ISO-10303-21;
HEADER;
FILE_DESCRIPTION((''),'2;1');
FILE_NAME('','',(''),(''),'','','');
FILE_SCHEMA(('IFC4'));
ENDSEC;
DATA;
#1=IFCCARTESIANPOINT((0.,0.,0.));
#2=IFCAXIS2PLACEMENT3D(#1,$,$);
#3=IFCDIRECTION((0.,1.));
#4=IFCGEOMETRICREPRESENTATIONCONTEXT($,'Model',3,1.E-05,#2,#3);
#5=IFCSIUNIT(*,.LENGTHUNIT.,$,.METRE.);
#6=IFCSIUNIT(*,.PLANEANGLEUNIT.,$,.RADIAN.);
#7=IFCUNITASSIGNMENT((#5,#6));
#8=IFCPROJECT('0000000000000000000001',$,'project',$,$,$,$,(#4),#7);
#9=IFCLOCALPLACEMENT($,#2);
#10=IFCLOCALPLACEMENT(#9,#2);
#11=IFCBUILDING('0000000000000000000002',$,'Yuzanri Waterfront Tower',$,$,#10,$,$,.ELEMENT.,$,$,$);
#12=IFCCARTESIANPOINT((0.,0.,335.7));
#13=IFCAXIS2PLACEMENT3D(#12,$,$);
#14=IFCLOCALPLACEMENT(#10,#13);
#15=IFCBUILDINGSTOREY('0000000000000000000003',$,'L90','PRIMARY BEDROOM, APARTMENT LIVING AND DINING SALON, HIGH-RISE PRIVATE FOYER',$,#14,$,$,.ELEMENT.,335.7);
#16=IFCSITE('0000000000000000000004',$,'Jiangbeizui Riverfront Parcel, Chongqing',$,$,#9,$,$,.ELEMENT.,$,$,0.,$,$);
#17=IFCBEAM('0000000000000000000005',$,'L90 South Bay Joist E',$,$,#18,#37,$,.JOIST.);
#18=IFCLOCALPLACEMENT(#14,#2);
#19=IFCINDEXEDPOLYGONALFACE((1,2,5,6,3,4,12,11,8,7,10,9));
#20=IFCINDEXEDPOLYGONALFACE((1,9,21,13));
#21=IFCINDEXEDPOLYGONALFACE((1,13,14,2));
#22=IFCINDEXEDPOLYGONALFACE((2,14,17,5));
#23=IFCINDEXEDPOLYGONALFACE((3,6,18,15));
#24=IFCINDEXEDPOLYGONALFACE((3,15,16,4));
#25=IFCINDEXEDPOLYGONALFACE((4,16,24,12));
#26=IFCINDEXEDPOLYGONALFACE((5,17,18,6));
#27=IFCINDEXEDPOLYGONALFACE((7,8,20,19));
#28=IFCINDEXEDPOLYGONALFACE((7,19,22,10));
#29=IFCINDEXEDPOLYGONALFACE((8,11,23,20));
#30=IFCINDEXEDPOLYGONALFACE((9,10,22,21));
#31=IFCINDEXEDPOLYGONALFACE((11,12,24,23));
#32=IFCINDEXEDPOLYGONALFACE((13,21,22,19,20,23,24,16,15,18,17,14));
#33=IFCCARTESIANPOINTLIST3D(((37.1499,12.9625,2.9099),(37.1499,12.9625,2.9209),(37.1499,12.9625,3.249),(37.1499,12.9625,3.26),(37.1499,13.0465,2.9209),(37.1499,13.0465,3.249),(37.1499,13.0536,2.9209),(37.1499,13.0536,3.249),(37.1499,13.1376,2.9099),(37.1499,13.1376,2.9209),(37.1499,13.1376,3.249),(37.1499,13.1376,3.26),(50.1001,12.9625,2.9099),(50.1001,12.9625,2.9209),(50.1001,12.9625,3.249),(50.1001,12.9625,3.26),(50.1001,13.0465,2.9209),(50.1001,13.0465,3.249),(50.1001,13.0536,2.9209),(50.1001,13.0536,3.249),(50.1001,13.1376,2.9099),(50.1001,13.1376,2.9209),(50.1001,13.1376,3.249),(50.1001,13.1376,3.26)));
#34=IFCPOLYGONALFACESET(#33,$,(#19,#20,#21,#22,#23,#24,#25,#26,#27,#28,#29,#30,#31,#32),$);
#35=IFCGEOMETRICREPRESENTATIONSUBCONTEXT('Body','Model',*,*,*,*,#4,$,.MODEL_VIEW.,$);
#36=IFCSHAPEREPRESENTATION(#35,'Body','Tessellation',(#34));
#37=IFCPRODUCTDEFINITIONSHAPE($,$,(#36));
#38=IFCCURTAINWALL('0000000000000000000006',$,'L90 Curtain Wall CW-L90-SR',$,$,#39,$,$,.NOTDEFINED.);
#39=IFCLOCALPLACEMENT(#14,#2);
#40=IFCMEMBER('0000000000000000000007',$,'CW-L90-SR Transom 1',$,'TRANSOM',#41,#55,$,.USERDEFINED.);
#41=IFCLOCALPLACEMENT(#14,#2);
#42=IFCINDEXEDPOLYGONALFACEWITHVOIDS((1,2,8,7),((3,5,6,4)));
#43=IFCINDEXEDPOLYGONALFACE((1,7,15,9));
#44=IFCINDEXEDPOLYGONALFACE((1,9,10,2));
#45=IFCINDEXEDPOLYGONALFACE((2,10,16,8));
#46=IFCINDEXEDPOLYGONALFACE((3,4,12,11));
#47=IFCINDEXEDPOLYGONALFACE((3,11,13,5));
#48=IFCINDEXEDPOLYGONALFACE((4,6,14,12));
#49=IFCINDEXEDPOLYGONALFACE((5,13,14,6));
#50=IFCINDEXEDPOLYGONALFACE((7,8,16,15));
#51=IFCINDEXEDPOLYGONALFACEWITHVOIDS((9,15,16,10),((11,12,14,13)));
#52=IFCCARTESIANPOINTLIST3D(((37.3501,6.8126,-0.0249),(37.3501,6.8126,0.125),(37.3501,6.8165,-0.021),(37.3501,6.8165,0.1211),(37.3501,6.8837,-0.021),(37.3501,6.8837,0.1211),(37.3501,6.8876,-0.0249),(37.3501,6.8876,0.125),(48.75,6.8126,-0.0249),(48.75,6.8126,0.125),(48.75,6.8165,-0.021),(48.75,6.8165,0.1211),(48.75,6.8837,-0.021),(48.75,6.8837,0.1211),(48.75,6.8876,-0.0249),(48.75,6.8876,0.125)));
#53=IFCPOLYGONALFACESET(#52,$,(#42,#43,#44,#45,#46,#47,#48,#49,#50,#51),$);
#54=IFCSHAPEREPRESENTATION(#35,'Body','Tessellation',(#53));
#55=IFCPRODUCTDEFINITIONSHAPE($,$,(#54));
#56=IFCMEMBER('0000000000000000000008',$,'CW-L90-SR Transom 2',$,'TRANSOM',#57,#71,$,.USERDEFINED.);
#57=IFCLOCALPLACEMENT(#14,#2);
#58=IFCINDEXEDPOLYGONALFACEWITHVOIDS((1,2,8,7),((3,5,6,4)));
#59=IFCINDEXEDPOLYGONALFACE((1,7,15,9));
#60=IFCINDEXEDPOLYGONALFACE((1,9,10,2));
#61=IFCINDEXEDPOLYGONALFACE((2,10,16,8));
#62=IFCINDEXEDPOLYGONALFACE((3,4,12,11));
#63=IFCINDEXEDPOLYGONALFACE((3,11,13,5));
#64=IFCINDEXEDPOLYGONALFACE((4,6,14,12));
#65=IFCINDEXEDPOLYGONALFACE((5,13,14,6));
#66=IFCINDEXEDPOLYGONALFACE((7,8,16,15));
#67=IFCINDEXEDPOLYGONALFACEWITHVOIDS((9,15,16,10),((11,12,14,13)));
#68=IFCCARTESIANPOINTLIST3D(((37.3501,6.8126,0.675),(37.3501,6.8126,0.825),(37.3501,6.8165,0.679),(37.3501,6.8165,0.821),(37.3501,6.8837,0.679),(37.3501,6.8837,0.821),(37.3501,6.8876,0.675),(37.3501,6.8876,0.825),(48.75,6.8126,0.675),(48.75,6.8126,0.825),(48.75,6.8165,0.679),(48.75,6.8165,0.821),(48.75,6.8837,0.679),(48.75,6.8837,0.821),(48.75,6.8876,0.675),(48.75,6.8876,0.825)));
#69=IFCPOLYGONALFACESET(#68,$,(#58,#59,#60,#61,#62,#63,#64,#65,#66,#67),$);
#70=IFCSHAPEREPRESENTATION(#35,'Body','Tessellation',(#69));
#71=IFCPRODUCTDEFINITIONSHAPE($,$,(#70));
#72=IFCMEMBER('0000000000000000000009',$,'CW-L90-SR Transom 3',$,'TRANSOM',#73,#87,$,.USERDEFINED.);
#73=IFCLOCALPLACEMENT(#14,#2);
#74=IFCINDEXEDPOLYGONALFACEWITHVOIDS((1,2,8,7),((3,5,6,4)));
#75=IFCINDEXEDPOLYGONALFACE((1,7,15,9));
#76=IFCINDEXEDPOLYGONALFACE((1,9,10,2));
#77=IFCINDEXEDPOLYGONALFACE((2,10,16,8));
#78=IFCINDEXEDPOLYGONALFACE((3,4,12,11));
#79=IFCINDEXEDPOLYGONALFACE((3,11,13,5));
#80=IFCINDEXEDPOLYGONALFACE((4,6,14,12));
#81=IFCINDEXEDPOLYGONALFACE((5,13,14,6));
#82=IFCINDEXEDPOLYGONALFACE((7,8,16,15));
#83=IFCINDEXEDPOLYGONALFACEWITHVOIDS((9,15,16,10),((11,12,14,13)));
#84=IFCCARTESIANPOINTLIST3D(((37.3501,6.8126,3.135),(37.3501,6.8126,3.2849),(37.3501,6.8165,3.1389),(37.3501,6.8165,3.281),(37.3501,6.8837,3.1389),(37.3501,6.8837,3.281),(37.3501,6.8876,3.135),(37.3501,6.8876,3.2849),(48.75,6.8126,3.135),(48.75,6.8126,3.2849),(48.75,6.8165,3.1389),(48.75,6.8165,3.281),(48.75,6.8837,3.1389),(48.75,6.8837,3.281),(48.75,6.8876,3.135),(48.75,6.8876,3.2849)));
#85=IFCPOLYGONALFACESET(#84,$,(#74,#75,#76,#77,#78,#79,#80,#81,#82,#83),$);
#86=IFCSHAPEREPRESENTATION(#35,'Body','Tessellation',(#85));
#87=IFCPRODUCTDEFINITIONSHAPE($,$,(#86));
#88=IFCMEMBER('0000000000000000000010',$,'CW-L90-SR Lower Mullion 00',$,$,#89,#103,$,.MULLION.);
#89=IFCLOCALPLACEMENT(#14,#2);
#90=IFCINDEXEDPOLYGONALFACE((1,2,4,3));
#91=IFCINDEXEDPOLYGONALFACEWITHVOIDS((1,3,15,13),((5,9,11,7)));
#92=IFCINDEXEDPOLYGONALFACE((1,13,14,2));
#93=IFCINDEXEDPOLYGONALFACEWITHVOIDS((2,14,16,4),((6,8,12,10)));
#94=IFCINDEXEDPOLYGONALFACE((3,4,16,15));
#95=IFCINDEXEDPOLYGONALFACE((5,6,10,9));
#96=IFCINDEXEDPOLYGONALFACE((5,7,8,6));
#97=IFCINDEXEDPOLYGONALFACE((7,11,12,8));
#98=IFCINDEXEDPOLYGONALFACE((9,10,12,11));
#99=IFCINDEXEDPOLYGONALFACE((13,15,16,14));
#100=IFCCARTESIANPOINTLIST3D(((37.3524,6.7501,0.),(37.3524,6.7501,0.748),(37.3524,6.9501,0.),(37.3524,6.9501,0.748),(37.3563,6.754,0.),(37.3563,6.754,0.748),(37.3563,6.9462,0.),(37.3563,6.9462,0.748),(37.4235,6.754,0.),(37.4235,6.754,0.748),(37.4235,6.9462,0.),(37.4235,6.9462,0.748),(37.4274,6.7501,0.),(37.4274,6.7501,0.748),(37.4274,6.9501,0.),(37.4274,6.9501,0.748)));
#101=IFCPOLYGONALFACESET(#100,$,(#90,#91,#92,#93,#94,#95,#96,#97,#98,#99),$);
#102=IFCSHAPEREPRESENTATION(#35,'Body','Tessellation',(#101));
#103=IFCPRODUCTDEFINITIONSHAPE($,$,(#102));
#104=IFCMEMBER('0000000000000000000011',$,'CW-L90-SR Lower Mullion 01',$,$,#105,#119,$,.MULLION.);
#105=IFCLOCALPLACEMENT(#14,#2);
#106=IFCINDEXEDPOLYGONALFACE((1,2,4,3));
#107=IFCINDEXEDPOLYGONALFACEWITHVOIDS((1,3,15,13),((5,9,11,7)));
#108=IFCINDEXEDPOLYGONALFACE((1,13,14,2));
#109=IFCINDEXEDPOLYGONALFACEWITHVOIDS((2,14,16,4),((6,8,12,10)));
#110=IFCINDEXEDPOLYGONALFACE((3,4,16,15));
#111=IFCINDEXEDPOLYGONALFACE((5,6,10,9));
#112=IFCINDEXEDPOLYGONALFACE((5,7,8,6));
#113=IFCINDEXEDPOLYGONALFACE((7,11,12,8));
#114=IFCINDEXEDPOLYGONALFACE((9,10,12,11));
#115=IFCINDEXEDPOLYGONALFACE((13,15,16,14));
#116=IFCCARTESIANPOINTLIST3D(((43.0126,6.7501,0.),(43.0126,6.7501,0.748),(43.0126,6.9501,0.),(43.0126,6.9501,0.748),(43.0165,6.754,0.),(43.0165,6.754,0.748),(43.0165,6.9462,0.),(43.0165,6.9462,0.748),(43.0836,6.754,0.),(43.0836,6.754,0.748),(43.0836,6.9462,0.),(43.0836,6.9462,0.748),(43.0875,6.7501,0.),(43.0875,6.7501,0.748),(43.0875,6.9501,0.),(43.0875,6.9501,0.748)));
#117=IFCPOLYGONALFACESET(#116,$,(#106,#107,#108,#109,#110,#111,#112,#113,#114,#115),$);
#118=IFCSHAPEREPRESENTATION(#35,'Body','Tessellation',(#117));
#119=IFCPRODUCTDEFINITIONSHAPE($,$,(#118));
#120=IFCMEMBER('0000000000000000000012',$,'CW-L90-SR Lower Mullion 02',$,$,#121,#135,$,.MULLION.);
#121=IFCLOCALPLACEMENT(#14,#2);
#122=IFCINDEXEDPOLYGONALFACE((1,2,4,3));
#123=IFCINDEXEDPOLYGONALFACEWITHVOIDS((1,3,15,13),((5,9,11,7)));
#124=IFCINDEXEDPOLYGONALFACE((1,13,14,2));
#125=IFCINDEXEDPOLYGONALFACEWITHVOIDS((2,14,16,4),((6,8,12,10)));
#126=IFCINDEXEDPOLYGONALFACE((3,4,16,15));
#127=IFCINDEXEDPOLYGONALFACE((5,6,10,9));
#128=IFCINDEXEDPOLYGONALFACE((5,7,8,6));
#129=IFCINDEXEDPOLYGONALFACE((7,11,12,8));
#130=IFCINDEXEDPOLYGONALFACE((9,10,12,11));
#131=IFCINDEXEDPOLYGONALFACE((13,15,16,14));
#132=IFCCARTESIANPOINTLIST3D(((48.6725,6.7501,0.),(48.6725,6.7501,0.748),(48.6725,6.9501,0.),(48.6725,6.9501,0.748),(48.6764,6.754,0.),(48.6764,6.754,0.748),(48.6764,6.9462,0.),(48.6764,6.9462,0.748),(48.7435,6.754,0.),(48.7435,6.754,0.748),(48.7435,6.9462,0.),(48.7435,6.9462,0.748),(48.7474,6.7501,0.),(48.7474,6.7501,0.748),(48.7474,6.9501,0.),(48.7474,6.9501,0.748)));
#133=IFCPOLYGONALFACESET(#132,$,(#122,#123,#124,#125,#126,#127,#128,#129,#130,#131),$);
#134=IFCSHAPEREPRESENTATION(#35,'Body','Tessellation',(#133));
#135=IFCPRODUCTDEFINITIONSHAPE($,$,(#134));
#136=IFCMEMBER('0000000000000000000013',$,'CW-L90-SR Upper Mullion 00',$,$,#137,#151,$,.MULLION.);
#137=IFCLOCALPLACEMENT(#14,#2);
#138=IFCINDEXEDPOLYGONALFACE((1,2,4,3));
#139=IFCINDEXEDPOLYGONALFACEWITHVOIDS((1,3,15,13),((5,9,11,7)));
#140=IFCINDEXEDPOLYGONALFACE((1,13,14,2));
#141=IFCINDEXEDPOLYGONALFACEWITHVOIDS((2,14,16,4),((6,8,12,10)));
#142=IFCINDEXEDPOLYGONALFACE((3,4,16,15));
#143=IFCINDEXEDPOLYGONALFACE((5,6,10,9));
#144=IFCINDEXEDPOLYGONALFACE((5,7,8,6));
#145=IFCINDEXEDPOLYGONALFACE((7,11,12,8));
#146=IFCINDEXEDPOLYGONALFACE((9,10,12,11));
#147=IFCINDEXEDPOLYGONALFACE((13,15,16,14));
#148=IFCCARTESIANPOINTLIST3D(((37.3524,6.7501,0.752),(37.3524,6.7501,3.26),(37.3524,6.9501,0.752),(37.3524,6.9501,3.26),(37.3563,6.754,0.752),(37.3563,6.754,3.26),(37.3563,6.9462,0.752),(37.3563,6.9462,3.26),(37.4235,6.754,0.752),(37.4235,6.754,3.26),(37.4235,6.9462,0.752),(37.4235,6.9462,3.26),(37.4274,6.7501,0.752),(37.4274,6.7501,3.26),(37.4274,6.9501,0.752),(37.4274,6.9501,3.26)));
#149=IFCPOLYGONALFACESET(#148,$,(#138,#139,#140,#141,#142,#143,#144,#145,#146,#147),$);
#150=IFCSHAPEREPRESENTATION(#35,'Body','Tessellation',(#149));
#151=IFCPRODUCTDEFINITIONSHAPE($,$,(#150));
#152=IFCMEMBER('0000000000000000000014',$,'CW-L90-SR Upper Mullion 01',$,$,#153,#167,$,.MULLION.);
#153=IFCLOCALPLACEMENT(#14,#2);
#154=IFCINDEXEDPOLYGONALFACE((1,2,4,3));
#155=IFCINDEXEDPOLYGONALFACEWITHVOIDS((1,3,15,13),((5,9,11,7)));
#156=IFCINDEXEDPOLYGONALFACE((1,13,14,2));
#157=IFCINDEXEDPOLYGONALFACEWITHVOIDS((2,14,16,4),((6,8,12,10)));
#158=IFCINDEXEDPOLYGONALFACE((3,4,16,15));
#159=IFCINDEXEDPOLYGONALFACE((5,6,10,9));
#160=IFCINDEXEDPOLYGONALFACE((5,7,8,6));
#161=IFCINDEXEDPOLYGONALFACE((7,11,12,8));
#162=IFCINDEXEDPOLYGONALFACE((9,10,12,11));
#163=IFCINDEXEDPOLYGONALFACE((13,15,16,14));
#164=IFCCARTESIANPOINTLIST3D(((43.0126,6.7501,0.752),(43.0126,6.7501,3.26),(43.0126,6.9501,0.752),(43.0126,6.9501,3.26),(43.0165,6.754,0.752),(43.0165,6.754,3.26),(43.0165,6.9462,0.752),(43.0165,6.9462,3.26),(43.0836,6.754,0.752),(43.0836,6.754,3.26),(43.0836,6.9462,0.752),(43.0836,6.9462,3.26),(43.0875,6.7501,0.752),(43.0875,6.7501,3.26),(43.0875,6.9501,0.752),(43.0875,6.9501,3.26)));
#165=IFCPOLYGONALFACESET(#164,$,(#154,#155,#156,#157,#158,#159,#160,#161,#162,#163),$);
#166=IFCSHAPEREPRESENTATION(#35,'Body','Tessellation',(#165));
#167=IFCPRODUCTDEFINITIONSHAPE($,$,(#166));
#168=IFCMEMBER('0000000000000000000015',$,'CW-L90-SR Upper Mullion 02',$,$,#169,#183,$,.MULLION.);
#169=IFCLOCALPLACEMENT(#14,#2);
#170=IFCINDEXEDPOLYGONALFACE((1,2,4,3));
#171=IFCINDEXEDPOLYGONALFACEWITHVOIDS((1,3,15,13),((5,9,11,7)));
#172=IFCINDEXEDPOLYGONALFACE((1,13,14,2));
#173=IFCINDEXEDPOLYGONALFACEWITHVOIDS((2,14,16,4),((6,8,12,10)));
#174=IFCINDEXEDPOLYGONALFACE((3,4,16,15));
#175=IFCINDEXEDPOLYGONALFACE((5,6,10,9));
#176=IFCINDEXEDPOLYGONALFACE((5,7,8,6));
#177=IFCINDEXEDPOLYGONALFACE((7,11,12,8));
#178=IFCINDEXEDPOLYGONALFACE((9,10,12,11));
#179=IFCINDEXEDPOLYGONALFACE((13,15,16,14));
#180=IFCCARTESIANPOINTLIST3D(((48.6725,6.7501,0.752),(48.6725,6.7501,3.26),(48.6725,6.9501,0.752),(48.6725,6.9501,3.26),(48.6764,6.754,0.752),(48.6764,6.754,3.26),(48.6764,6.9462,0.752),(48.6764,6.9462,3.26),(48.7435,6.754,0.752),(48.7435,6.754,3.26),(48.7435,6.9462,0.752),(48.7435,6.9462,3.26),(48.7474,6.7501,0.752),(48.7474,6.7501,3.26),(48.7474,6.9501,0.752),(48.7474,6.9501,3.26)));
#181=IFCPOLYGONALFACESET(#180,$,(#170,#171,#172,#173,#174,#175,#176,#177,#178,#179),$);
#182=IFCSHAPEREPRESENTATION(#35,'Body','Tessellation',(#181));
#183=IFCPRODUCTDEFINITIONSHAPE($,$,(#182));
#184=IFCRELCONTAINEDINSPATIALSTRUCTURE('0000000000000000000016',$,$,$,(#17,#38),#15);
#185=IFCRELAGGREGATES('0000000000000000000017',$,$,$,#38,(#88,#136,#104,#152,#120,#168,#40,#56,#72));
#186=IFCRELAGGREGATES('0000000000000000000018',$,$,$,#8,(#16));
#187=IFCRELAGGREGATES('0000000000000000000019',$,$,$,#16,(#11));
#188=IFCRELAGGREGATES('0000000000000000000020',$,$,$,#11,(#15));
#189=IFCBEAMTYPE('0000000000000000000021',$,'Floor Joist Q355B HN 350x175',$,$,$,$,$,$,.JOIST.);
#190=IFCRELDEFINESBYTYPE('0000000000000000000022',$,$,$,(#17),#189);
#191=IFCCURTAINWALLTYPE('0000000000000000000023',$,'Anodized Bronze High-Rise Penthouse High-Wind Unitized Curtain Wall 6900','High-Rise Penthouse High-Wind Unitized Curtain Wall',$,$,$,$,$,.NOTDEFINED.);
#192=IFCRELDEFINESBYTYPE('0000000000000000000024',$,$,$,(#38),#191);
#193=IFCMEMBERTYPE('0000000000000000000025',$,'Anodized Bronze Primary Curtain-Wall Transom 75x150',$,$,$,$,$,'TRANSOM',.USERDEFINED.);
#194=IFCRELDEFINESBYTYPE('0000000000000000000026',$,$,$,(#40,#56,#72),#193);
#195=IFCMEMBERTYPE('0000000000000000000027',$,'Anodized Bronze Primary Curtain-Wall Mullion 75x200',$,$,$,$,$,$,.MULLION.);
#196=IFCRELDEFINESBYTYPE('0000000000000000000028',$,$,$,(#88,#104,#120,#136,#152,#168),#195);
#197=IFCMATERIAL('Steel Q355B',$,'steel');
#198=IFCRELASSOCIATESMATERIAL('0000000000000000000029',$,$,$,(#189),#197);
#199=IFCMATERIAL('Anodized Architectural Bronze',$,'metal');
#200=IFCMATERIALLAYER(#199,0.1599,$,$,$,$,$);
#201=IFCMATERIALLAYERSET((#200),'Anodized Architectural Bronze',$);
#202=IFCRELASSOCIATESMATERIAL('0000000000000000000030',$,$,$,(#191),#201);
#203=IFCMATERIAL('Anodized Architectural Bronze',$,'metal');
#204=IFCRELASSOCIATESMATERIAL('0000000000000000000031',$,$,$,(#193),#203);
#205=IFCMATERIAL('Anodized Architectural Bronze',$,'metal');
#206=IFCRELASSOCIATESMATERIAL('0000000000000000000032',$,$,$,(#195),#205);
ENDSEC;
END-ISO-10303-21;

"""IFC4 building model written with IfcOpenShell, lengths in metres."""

from ifc_helpers import new_model, si_unit, direction, frame, origin, origin_2d, place, context, subcontext, project, spatial, hollow_rectangle, i_section, extrude, source, transform, mapped, material, layer, layer_set, material_profile, profile_set, type_object, element, aggregate, save


model = new_model("IFC4")

# Units and contexts
model_context = context("Model", 3, precision=1e-05, world=origin(), true_north=direction((0.0, 1.0)))
body_context = subcontext(model_context, "Body", "Model", "MODEL_VIEW")
ifc_project = project(units=[si_unit("LENGTHUNIT", "METRE"), si_unit("PLANEANGLEUNIT", "RADIAN")], contexts=[model_context])

# Site, building, storey
site_placement = place(None, origin())
site = spatial("IfcSite", under=ifc_project, at=site_placement, Name="Jiangbeizui Riverfront Parcel, Chongqing", CompositionType="ELEMENT", RefElevation=0.0)
building_placement = place(site_placement, origin())
building = spatial("IfcBuilding", under=site, at=building_placement, Name="Yuzanri Waterfront Tower", CompositionType="ELEMENT")
storey_placement = place(building_placement, frame((0.0, 0.0, 335.7)))
storey = spatial("IfcBuildingStorey", under=building, at=storey_placement, Name="L90", Description="PRIMARY BEDROOM, APARTMENT LIVING AND DINING SALON, HIGH-RISE PRIVATE FOYER", CompositionType="ELEMENT", Elevation=335.7)

# Beam
ifc_material_1 = material(Name="Steel Q355B", Category="steel")
ifc_material_profile_1 = material_profile(ifc_material_1, i_section(OverallWidth=0.175, OverallDepth=0.3501, WebThickness=0.0071, FlangeThickness=0.011, at=origin_2d()), Name="HN 350x175x7x11")
ifc_profile_set_1 = profile_set([ifc_material_profile_1], Name="Steel Q355B")
beam_type = type_object("IfcBeamType", Name="Floor Joist Q355B HN 350x175", PredefinedType="JOIST", material=ifc_profile_set_1)
shared_shape_1 = source(origin(), body_context, "Body", "SweptSolid", [
    extrude(i_section(OverallWidth=0.175, OverallDepth=0.3501, WebThickness=0.0071, FlangeThickness=0.011, at=origin_2d()), origin(), (0.0, 0.0, 1.0), 12.9502),
])
beam_placement = place(storey_placement, frame((37.1499, 13.05, 3.085), z_axis=(1.0, 0.0, 0.0), x_axis=(0.0, 1.0, 0.0)))
element("IfcBeam", 1, at=beam_placement, inside=storey, type_object=beam_type, Name="L90 South Bay Joist E", PredefinedType="JOIST", context=body_context, shape_type="MappedRepresentation", body=[
    mapped(shared_shape_1, transform((0.0, 0.0, 0.0), scale=1.0)),
])

# Curtain wall, members
ifc_material_2 = material(Name="Anodized Architectural Bronze", Category="metal")
ifc_layer_1 = layer(ifc_material_2, 0.1599)
ifc_layer_set_1 = layer_set([ifc_layer_1], Name="Anodized Architectural Bronze")
curtain_wall_type = type_object("IfcCurtainWallType", Name="Anodized Bronze High-Rise Penthouse High-Wind Unitized Curtain Wall 6900", Description="High-Rise Penthouse High-Wind Unitized Curtain Wall", PredefinedType="NOTDEFINED", material=ifc_layer_set_1)
curtain_wall_placement = place(storey_placement, origin())
curtain_wall = element("IfcCurtainWall", 2, at=curtain_wall_placement, inside=storey, type_object=curtain_wall_type, Name="L90 Curtain Wall CW-L90-SR", PredefinedType="NOTDEFINED")
ifc_material_3 = material(Name="Anodized Architectural Bronze", Category="metal")
ifc_material_profile_2 = material_profile(ifc_material_3, hollow_rectangle(XDim=0.075, YDim=0.1499, WallThickness=0.0039, at=origin_2d()), Name="CWT 75x150")
ifc_profile_set_2 = profile_set([ifc_material_profile_2], Name="Anodized Architectural Bronze")
member_type_1 = type_object("IfcMemberType", Name="Anodized Bronze Primary Curtain-Wall Transom 75x150", ElementType="TRANSOM", PredefinedType="USERDEFINED", material=ifc_profile_set_2)
shared_shape_2 = source(origin(), body_context, "Body", "SweptSolid", [
    extrude(hollow_rectangle(XDim=0.075, YDim=0.1499, WallThickness=0.0039, at=origin_2d()), origin(), (0.0, 0.0, 1.0), 11.3999),
])
member_1_placement = place(storey_placement, frame((37.3501, 6.8501, 0.05), z_axis=(1.0, 0.0, 0.0), x_axis=(0.0, 1.0, 0.0)))
member_1 = element("IfcMember", 3, at=member_1_placement, type_object=member_type_1, Name="CW-L90-SR Transom 1", ObjectType="TRANSOM", PredefinedType="USERDEFINED", context=body_context, shape_type="MappedRepresentation", body=[
    mapped(shared_shape_2, transform((0.0, 0.0, 0.0), scale=1.0)),
])
member_2_placement = place(storey_placement, frame((37.3501, 6.8501, 0.75), z_axis=(1.0, 0.0, 0.0), x_axis=(0.0, 1.0, 0.0)))
member_2 = element("IfcMember", 4, at=member_2_placement, type_object=member_type_1, Name="CW-L90-SR Transom 2", ObjectType="TRANSOM", PredefinedType="USERDEFINED", context=body_context, shape_type="MappedRepresentation", body=[
    mapped(shared_shape_2, transform((0.0, 0.0, 0.0), scale=1.0)),
])
member_3_placement = place(storey_placement, frame((37.3501, 6.8501, 3.21), z_axis=(1.0, 0.0, 0.0), x_axis=(0.0, 1.0, 0.0)))
member_3 = element("IfcMember", 5, at=member_3_placement, type_object=member_type_1, Name="CW-L90-SR Transom 3", ObjectType="TRANSOM", PredefinedType="USERDEFINED", context=body_context, shape_type="MappedRepresentation", body=[
    mapped(shared_shape_2, transform((0.0, 0.0, 0.0), scale=1.0)),
])
ifc_material_4 = material(Name="Anodized Architectural Bronze", Category="metal")
ifc_material_profile_3 = material_profile(ifc_material_4, hollow_rectangle(XDim=0.075, YDim=0.2, WallThickness=0.0039, at=origin_2d()), Name="CWM 75x200")
ifc_profile_set_3 = profile_set([ifc_material_profile_3], Name="Anodized Architectural Bronze")
member_type_2 = type_object("IfcMemberType", Name="Anodized Bronze Primary Curtain-Wall Mullion 75x200", PredefinedType="MULLION", material=ifc_profile_set_3)
shared_shape_3 = source(origin(), body_context, "Body", "SweptSolid", [
    extrude(hollow_rectangle(XDim=0.075, YDim=0.2, WallThickness=0.0039, at=origin_2d()), origin(), (0.0, 0.0, 1.0), 0.748),
])
member_4_placement = place(storey_placement, frame((37.3899, 6.8501, 0.0), z_axis=(0.0, 0.0, 1.0), x_axis=(1.0, 0.0, 0.0)))
member_4 = element("IfcMember", 6, at=member_4_placement, type_object=member_type_2, Name="CW-L90-SR Lower Mullion 00", PredefinedType="MULLION", context=body_context, shape_type="MappedRepresentation", body=[
    mapped(shared_shape_3, transform((0.0, 0.0, 0.0), scale=1.0)),
])
member_5_placement = place(storey_placement, frame((43.05, 6.8501, 0.0), z_axis=(0.0, 0.0, 1.0), x_axis=(1.0, 0.0, 0.0)))
member_5 = element("IfcMember", 7, at=member_5_placement, type_object=member_type_2, Name="CW-L90-SR Lower Mullion 01", PredefinedType="MULLION", context=body_context, shape_type="MappedRepresentation", body=[
    mapped(shared_shape_3, transform((0.0, 0.0, 0.0), scale=1.0)),
])
member_6_placement = place(storey_placement, frame((48.71, 6.8501, 0.0), z_axis=(0.0, 0.0, 1.0), x_axis=(1.0, 0.0, 0.0)))
member_6 = element("IfcMember", 8, at=member_6_placement, type_object=member_type_2, Name="CW-L90-SR Lower Mullion 02", PredefinedType="MULLION", context=body_context, shape_type="MappedRepresentation", body=[
    mapped(shared_shape_3, transform((0.0, 0.0, 0.0), scale=1.0)),
])
shared_shape_4 = source(origin(), body_context, "Body", "SweptSolid", [
    extrude(hollow_rectangle(XDim=0.075, YDim=0.2, WallThickness=0.0039, at=origin_2d()), origin(), (0.0, 0.0, 1.0), 2.5081),
])
member_7_placement = place(storey_placement, frame((37.3899, 6.8501, 0.752), z_axis=(0.0, 0.0, 1.0), x_axis=(1.0, 0.0, 0.0)))
member_7 = element("IfcMember", 9, at=member_7_placement, type_object=member_type_2, Name="CW-L90-SR Upper Mullion 00", PredefinedType="MULLION", context=body_context, shape_type="MappedRepresentation", body=[
    mapped(shared_shape_4, transform((0.0, 0.0, 0.0), scale=1.0)),
])
member_8_placement = place(storey_placement, frame((43.05, 6.8501, 0.752), z_axis=(0.0, 0.0, 1.0), x_axis=(1.0, 0.0, 0.0)))
member_8 = element("IfcMember", 10, at=member_8_placement, type_object=member_type_2, Name="CW-L90-SR Upper Mullion 01", PredefinedType="MULLION", context=body_context, shape_type="MappedRepresentation", body=[
    mapped(shared_shape_4, transform((0.0, 0.0, 0.0), scale=1.0)),
])
member_9_placement = place(storey_placement, frame((48.71, 6.8501, 0.752), z_axis=(0.0, 0.0, 1.0), x_axis=(1.0, 0.0, 0.0)))
member_9 = element("IfcMember", 11, at=member_9_placement, type_object=member_type_2, Name="CW-L90-SR Upper Mullion 02", PredefinedType="MULLION", context=body_context, shape_type="MappedRepresentation", body=[
    mapped(shared_shape_4, transform((0.0, 0.0, 0.0), scale=1.0)),
])
aggregate(curtain_wall, [member_4, member_7, member_5, member_8, member_6, member_9, member_1, member_2, member_3])

save(model, "model.ifc")
